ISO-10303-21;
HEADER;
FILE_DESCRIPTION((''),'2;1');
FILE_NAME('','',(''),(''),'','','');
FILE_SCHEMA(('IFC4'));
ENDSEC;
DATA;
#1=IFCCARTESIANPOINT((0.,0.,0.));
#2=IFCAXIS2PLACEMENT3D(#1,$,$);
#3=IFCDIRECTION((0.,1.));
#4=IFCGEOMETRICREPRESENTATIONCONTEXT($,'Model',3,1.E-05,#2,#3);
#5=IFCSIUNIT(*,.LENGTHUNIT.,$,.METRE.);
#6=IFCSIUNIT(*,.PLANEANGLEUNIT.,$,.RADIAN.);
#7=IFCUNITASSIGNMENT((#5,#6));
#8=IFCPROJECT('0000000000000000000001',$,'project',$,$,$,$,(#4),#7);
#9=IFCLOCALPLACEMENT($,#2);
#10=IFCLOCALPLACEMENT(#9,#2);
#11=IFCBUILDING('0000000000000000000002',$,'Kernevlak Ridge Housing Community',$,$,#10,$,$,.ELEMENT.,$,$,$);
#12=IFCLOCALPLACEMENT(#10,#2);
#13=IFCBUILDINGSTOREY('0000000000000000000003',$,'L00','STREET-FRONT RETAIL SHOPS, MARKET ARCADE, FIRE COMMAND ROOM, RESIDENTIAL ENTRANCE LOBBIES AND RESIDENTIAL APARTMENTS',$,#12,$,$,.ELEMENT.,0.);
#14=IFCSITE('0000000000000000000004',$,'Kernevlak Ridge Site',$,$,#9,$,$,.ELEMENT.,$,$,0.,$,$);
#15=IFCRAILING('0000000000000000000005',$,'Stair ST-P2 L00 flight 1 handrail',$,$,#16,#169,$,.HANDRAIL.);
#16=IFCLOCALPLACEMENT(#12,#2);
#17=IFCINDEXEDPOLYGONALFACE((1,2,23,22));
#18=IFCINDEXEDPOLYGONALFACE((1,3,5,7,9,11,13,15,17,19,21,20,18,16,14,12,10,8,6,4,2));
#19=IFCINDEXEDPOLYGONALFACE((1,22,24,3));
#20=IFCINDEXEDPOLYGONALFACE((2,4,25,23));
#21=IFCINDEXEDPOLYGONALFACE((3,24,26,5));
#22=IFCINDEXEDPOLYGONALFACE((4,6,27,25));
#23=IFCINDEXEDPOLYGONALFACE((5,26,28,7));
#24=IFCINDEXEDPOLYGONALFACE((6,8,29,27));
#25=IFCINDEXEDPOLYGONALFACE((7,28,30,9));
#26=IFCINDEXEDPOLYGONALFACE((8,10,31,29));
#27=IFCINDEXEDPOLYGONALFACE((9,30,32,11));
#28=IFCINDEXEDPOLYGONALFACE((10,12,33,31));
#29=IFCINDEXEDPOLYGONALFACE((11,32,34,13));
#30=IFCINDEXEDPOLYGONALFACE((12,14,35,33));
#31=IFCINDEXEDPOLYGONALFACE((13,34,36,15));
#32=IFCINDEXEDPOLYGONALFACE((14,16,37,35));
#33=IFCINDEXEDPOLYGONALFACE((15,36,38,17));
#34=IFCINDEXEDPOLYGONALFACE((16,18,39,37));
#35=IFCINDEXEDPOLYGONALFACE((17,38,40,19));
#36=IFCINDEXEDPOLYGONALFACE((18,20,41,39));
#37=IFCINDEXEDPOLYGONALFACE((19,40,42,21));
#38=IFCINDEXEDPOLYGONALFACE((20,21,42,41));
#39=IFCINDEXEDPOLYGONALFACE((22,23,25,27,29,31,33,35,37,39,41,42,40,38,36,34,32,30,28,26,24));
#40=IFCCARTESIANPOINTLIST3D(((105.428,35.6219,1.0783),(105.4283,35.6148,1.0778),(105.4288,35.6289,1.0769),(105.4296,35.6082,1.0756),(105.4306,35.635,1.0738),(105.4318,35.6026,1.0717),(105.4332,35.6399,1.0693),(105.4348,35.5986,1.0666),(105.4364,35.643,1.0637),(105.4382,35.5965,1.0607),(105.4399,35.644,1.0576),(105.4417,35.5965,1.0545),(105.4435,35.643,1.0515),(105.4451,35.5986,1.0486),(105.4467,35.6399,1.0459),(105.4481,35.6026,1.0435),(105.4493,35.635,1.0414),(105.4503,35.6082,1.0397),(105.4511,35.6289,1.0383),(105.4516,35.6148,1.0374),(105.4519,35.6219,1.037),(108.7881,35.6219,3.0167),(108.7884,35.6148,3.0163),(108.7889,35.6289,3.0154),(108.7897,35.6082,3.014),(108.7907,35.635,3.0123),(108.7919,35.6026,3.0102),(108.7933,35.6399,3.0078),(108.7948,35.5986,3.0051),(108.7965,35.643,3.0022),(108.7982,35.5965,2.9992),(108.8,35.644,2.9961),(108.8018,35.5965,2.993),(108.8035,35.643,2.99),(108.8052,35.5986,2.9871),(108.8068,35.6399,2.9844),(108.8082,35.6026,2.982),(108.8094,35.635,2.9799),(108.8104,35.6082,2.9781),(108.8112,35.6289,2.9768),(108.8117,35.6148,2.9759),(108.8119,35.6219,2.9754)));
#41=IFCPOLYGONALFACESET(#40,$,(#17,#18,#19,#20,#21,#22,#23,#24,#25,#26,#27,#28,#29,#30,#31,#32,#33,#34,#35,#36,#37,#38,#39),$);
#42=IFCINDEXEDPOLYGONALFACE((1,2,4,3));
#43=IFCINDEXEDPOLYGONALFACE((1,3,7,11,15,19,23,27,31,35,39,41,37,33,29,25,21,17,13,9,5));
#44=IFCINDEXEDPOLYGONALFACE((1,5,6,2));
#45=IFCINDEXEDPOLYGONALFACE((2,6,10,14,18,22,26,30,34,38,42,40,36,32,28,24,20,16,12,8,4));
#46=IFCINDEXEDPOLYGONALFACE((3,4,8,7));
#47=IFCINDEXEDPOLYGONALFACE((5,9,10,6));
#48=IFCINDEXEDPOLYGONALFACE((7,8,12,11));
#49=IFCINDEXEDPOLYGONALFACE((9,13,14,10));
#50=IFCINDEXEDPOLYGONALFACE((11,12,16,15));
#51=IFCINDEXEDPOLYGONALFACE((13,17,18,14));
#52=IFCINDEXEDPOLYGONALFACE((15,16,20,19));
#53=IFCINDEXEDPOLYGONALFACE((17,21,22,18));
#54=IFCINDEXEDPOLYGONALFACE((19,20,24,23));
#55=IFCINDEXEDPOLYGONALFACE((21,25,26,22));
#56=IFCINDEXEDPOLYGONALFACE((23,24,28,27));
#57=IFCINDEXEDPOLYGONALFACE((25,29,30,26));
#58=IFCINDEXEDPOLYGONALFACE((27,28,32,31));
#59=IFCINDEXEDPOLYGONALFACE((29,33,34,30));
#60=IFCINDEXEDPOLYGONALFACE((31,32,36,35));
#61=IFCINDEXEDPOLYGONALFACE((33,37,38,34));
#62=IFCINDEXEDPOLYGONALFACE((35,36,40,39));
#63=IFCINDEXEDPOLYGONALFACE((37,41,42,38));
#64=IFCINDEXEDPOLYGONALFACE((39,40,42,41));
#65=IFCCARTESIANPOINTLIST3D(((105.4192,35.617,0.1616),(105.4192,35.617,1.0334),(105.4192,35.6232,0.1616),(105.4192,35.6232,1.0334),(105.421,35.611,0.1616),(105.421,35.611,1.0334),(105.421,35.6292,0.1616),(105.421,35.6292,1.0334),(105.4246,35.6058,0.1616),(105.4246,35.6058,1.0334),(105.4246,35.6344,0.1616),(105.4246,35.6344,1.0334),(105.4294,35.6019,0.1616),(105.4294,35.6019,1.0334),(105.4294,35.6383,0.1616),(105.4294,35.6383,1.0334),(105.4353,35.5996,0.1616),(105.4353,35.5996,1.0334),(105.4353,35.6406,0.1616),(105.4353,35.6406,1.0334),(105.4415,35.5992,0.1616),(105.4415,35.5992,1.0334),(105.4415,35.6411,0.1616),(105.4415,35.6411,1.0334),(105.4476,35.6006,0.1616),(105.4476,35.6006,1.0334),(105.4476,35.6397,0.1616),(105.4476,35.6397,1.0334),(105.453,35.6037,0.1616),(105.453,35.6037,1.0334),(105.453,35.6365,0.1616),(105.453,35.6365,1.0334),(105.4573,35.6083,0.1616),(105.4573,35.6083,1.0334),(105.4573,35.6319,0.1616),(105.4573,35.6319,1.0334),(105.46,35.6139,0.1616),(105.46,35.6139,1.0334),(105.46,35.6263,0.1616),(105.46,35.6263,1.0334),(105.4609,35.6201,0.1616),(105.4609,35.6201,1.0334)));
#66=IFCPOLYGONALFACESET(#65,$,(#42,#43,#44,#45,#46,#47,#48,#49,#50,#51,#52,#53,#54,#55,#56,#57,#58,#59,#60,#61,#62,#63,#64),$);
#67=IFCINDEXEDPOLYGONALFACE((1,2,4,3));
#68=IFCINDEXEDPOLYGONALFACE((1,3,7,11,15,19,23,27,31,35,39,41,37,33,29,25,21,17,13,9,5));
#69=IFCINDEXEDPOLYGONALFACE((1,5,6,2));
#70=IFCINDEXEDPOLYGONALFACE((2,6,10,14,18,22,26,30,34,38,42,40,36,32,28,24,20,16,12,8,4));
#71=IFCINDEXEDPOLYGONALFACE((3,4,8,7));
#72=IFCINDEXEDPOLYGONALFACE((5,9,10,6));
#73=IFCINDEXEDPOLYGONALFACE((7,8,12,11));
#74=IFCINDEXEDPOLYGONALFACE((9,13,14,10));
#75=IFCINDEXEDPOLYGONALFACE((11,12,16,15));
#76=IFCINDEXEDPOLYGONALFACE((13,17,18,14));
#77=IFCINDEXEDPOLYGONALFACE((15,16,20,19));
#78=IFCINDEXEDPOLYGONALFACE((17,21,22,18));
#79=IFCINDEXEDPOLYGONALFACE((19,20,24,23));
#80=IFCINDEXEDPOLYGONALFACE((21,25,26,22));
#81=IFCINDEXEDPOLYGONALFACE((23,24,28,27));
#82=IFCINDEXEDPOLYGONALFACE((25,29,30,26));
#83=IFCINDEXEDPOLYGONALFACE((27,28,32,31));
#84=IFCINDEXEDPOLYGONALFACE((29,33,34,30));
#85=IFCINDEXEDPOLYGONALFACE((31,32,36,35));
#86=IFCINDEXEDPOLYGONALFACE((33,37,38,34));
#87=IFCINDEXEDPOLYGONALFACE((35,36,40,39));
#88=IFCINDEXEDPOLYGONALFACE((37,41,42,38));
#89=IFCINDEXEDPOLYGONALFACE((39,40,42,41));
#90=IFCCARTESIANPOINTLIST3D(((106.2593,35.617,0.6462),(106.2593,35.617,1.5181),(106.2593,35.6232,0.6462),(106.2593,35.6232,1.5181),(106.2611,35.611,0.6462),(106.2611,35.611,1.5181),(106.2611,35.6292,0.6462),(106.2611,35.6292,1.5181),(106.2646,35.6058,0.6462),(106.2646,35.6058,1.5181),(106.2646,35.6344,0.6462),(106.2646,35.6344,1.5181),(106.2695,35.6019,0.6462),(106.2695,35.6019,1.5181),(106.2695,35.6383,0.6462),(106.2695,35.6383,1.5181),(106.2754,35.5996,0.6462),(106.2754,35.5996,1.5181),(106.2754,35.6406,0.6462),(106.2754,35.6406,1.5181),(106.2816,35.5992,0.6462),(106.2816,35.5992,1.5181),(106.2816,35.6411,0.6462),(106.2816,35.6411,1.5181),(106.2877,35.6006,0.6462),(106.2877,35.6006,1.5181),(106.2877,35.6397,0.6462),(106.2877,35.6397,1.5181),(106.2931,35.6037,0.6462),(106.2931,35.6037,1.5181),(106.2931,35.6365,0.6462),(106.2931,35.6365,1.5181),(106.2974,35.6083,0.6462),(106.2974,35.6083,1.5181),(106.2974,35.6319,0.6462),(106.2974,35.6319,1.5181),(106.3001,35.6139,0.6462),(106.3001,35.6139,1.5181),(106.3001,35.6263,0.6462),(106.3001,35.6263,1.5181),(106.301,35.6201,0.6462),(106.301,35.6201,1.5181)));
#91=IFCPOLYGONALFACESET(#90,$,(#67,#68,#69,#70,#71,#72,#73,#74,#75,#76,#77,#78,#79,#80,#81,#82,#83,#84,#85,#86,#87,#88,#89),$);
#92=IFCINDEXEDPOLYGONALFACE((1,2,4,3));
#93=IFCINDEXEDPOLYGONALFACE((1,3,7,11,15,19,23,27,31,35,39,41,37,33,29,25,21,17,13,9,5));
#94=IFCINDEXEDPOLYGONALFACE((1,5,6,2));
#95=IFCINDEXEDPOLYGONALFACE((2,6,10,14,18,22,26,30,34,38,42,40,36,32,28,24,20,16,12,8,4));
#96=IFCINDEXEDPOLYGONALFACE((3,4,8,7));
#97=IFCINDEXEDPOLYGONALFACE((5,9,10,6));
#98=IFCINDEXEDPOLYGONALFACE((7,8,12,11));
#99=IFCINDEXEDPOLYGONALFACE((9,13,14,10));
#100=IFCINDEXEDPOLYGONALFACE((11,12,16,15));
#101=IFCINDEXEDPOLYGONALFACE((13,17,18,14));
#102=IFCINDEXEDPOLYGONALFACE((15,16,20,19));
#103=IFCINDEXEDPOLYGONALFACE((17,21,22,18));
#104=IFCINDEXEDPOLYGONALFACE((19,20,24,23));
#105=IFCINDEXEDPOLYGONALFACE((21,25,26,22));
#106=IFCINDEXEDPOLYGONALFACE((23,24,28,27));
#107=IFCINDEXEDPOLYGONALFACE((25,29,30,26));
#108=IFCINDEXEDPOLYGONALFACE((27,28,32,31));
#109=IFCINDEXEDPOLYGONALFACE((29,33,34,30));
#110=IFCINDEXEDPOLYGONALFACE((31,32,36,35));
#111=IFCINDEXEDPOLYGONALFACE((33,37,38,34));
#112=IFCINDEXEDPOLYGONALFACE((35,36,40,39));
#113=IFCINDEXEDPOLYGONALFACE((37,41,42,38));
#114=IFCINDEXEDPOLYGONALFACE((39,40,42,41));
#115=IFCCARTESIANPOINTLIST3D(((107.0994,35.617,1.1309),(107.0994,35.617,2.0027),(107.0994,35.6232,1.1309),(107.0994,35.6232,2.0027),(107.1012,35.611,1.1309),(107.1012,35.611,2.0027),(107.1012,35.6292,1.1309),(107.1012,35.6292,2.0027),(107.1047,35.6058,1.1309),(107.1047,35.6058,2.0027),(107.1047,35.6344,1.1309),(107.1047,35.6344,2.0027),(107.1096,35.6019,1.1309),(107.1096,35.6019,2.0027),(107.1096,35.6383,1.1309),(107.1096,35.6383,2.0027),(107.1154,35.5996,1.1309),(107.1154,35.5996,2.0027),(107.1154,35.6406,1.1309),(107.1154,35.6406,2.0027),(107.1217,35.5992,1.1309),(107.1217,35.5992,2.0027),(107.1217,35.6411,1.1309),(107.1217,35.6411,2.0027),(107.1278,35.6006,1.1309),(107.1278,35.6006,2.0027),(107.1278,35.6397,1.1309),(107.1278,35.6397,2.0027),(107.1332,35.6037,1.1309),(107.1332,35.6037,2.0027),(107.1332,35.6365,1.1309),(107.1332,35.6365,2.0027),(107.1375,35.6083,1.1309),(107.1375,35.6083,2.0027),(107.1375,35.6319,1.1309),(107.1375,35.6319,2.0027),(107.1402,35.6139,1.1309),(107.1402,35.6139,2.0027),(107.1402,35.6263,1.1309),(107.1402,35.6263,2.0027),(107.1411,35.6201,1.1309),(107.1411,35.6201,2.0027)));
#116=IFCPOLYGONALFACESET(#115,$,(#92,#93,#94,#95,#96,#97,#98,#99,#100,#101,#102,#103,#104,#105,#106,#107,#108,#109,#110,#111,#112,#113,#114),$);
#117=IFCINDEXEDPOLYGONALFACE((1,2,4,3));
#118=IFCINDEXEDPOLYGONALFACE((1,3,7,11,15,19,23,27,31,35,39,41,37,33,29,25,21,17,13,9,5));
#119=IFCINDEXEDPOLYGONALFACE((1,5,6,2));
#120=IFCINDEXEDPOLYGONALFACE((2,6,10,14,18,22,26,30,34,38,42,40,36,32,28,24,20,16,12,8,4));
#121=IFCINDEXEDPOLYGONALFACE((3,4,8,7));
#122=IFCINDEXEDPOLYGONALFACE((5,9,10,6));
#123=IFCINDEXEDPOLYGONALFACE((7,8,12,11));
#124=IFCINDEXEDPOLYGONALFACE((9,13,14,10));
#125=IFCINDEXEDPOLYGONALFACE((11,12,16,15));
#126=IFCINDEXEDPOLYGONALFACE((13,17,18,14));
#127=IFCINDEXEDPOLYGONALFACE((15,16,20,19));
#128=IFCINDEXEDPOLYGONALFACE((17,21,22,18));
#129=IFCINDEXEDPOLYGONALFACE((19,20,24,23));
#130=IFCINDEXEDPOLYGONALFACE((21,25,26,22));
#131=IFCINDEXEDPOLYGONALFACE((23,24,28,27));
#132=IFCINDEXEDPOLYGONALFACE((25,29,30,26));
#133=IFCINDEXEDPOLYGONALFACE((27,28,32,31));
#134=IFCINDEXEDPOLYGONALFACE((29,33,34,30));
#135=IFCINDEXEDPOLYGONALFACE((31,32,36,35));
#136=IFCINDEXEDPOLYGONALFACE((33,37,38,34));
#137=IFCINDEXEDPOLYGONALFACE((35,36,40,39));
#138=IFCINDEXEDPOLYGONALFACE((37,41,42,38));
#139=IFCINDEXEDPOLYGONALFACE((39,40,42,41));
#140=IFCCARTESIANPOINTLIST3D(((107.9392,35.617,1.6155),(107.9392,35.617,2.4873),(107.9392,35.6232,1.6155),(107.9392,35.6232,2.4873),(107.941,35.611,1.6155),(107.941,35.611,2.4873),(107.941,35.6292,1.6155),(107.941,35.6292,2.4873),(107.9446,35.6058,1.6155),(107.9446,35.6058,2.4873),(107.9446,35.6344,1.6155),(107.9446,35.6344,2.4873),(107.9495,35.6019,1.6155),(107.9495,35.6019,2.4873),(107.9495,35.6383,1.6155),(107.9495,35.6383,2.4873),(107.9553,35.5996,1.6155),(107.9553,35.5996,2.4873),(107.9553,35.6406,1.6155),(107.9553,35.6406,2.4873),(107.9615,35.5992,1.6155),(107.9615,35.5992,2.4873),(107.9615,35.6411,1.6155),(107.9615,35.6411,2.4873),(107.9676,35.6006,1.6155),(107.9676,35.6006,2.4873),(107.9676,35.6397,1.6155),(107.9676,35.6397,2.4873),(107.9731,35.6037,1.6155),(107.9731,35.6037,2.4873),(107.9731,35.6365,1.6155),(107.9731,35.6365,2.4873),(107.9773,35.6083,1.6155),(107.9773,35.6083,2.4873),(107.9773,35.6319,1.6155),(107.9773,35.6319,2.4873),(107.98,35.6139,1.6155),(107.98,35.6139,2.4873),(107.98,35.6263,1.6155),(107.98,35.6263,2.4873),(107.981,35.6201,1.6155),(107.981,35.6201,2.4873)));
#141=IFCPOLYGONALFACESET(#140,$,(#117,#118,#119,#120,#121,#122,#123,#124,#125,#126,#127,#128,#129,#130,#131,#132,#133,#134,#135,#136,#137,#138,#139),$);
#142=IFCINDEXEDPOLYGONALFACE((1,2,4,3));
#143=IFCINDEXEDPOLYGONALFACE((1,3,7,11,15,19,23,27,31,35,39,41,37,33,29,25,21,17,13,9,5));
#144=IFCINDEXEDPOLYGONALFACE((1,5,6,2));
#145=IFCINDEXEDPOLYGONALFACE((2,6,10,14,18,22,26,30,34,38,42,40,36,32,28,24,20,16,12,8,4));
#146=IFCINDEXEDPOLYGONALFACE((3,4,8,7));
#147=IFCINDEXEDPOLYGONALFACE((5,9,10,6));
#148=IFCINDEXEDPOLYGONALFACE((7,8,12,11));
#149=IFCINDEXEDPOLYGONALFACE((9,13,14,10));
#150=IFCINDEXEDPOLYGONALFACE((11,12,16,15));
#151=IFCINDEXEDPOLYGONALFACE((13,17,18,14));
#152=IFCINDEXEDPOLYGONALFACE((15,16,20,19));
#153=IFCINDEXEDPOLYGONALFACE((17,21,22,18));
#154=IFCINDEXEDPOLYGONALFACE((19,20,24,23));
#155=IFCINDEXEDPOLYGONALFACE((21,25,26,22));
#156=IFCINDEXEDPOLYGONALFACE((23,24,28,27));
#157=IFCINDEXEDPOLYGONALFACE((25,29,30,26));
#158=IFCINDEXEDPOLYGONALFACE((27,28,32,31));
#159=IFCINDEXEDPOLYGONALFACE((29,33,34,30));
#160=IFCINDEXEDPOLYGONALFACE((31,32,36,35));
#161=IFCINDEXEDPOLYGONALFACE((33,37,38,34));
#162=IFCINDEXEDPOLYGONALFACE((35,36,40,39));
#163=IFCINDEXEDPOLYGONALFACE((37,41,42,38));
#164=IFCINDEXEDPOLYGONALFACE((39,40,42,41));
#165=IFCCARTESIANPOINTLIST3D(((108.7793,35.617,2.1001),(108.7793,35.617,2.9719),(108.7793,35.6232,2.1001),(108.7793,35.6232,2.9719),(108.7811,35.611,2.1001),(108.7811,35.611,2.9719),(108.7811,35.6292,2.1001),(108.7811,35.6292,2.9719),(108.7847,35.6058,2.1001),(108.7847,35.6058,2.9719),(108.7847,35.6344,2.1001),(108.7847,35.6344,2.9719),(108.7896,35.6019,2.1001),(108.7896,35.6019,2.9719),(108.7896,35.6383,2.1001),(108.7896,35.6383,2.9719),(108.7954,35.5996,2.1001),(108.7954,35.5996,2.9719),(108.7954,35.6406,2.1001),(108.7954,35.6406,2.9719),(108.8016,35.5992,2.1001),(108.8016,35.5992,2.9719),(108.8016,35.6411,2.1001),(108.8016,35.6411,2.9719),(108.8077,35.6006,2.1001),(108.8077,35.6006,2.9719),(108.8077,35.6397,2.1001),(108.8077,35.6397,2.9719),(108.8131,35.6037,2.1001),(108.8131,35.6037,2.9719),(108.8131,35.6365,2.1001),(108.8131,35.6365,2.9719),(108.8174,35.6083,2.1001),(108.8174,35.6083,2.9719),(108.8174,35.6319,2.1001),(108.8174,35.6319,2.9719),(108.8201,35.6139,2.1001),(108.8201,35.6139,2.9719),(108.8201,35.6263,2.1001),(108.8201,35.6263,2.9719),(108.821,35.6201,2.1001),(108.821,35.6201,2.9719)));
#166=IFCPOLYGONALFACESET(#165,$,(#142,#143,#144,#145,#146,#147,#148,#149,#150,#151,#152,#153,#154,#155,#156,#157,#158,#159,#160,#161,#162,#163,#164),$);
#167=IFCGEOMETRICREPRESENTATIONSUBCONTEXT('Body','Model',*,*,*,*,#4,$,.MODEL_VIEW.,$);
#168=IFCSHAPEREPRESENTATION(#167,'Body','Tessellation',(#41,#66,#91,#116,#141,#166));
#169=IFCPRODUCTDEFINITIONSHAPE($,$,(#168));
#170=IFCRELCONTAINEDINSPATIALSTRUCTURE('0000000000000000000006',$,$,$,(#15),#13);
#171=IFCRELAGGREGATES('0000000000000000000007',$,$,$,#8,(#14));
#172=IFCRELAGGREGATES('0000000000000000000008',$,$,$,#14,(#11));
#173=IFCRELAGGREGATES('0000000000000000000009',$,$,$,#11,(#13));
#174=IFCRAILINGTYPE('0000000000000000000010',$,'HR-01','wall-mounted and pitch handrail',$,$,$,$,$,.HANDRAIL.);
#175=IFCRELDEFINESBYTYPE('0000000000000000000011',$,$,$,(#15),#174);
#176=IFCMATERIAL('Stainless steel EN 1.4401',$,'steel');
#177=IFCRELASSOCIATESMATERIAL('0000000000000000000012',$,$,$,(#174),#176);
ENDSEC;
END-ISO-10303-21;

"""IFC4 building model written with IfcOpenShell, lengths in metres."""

from ifc_helpers import new_model, si_unit, direction, frame, origin, origin_2d, place, context, subcontext, project, spatial, circle, extrude, material, type_object, element, save


model = new_model("IFC4")

# Units and contexts
model_context = context("Model", 3, precision=1e-05, world=origin(), true_north=direction((0.0, 1.0)))
body_context = subcontext(model_context, "Body", "Model", "MODEL_VIEW")
ifc_project = project(units=[si_unit("LENGTHUNIT", "METRE"), si_unit("PLANEANGLEUNIT", "RADIAN")], contexts=[model_context])

# Site, building, storey
site_placement = place(None, origin())
site = spatial("IfcSite", under=ifc_project, at=site_placement, Name="Kernevlak Ridge Site", CompositionType="ELEMENT", RefElevation=0.0)
building_placement = place(site_placement, origin())
building = spatial("IfcBuilding", under=site, at=building_placement, Name="Kernevlak Ridge Housing Community", CompositionType="ELEMENT")
storey_placement = place(building_placement, origin())
storey = spatial("IfcBuildingStorey", under=building, at=storey_placement, Name="L00", Description="STREET-FRONT RETAIL SHOPS, MARKET ARCADE, FIRE COMMAND ROOM, RESIDENTIAL ENTRANCE LOBBIES AND RESIDENTIAL APARTMENTS", CompositionType="ELEMENT", Elevation=0.0)

# Railing
ifc_material_1 = material(Name="Stainless steel EN 1.4401", Category="steel")
railing_type_1 = type_object("IfcRailingType", Name="HR-01", Description="wall-mounted and pitch handrail", PredefinedType="HANDRAIL", material=ifc_material_1)
railing_1_placement = place(storey_placement, frame((105.4399, 35.6201, 0.1616)))
element("IfcRailing", 1, at=railing_1_placement, inside=storey, type_object=railing_type_1, Name="Stair ST-P2 L00 flight 1 handrail", PredefinedType="HANDRAIL", context=body_context, shape_type="SweptSolid", body=[
    extrude(circle(Radius=0.0239, at=origin_2d()), frame((0.0, 0.0, 0.896), z_axis=(0.866191, 0.0, 0.499713), x_axis=(0.0, 1.0, 0.0)), (0.0, 0.0, 1.0), 3.8792),
    extrude(circle(Radius=0.021, at=origin_2d()), origin(), (0.0, 0.0, 1.0), 0.8718),
    extrude(circle(Radius=0.021, at=origin_2d()), frame((0.8401, 0.0, 0.4846)), (0.0, 0.0, 1.0), 0.8718),
    extrude(circle(Radius=0.021, at=origin_2d()), frame((1.6802, 0.0, 0.9692)), (0.0, 0.0, 1.0), 0.8718),
    extrude(circle(Radius=0.021, at=origin_2d()), frame((2.52, 0.0, 1.4539)), (0.0, 0.0, 1.0), 0.8718),
    extrude(circle(Radius=0.021, at=origin_2d()), frame((3.3601, 0.0, 1.9385)), (0.0, 0.0, 1.0), 0.8718),
])

save(model, "model.ifc")
